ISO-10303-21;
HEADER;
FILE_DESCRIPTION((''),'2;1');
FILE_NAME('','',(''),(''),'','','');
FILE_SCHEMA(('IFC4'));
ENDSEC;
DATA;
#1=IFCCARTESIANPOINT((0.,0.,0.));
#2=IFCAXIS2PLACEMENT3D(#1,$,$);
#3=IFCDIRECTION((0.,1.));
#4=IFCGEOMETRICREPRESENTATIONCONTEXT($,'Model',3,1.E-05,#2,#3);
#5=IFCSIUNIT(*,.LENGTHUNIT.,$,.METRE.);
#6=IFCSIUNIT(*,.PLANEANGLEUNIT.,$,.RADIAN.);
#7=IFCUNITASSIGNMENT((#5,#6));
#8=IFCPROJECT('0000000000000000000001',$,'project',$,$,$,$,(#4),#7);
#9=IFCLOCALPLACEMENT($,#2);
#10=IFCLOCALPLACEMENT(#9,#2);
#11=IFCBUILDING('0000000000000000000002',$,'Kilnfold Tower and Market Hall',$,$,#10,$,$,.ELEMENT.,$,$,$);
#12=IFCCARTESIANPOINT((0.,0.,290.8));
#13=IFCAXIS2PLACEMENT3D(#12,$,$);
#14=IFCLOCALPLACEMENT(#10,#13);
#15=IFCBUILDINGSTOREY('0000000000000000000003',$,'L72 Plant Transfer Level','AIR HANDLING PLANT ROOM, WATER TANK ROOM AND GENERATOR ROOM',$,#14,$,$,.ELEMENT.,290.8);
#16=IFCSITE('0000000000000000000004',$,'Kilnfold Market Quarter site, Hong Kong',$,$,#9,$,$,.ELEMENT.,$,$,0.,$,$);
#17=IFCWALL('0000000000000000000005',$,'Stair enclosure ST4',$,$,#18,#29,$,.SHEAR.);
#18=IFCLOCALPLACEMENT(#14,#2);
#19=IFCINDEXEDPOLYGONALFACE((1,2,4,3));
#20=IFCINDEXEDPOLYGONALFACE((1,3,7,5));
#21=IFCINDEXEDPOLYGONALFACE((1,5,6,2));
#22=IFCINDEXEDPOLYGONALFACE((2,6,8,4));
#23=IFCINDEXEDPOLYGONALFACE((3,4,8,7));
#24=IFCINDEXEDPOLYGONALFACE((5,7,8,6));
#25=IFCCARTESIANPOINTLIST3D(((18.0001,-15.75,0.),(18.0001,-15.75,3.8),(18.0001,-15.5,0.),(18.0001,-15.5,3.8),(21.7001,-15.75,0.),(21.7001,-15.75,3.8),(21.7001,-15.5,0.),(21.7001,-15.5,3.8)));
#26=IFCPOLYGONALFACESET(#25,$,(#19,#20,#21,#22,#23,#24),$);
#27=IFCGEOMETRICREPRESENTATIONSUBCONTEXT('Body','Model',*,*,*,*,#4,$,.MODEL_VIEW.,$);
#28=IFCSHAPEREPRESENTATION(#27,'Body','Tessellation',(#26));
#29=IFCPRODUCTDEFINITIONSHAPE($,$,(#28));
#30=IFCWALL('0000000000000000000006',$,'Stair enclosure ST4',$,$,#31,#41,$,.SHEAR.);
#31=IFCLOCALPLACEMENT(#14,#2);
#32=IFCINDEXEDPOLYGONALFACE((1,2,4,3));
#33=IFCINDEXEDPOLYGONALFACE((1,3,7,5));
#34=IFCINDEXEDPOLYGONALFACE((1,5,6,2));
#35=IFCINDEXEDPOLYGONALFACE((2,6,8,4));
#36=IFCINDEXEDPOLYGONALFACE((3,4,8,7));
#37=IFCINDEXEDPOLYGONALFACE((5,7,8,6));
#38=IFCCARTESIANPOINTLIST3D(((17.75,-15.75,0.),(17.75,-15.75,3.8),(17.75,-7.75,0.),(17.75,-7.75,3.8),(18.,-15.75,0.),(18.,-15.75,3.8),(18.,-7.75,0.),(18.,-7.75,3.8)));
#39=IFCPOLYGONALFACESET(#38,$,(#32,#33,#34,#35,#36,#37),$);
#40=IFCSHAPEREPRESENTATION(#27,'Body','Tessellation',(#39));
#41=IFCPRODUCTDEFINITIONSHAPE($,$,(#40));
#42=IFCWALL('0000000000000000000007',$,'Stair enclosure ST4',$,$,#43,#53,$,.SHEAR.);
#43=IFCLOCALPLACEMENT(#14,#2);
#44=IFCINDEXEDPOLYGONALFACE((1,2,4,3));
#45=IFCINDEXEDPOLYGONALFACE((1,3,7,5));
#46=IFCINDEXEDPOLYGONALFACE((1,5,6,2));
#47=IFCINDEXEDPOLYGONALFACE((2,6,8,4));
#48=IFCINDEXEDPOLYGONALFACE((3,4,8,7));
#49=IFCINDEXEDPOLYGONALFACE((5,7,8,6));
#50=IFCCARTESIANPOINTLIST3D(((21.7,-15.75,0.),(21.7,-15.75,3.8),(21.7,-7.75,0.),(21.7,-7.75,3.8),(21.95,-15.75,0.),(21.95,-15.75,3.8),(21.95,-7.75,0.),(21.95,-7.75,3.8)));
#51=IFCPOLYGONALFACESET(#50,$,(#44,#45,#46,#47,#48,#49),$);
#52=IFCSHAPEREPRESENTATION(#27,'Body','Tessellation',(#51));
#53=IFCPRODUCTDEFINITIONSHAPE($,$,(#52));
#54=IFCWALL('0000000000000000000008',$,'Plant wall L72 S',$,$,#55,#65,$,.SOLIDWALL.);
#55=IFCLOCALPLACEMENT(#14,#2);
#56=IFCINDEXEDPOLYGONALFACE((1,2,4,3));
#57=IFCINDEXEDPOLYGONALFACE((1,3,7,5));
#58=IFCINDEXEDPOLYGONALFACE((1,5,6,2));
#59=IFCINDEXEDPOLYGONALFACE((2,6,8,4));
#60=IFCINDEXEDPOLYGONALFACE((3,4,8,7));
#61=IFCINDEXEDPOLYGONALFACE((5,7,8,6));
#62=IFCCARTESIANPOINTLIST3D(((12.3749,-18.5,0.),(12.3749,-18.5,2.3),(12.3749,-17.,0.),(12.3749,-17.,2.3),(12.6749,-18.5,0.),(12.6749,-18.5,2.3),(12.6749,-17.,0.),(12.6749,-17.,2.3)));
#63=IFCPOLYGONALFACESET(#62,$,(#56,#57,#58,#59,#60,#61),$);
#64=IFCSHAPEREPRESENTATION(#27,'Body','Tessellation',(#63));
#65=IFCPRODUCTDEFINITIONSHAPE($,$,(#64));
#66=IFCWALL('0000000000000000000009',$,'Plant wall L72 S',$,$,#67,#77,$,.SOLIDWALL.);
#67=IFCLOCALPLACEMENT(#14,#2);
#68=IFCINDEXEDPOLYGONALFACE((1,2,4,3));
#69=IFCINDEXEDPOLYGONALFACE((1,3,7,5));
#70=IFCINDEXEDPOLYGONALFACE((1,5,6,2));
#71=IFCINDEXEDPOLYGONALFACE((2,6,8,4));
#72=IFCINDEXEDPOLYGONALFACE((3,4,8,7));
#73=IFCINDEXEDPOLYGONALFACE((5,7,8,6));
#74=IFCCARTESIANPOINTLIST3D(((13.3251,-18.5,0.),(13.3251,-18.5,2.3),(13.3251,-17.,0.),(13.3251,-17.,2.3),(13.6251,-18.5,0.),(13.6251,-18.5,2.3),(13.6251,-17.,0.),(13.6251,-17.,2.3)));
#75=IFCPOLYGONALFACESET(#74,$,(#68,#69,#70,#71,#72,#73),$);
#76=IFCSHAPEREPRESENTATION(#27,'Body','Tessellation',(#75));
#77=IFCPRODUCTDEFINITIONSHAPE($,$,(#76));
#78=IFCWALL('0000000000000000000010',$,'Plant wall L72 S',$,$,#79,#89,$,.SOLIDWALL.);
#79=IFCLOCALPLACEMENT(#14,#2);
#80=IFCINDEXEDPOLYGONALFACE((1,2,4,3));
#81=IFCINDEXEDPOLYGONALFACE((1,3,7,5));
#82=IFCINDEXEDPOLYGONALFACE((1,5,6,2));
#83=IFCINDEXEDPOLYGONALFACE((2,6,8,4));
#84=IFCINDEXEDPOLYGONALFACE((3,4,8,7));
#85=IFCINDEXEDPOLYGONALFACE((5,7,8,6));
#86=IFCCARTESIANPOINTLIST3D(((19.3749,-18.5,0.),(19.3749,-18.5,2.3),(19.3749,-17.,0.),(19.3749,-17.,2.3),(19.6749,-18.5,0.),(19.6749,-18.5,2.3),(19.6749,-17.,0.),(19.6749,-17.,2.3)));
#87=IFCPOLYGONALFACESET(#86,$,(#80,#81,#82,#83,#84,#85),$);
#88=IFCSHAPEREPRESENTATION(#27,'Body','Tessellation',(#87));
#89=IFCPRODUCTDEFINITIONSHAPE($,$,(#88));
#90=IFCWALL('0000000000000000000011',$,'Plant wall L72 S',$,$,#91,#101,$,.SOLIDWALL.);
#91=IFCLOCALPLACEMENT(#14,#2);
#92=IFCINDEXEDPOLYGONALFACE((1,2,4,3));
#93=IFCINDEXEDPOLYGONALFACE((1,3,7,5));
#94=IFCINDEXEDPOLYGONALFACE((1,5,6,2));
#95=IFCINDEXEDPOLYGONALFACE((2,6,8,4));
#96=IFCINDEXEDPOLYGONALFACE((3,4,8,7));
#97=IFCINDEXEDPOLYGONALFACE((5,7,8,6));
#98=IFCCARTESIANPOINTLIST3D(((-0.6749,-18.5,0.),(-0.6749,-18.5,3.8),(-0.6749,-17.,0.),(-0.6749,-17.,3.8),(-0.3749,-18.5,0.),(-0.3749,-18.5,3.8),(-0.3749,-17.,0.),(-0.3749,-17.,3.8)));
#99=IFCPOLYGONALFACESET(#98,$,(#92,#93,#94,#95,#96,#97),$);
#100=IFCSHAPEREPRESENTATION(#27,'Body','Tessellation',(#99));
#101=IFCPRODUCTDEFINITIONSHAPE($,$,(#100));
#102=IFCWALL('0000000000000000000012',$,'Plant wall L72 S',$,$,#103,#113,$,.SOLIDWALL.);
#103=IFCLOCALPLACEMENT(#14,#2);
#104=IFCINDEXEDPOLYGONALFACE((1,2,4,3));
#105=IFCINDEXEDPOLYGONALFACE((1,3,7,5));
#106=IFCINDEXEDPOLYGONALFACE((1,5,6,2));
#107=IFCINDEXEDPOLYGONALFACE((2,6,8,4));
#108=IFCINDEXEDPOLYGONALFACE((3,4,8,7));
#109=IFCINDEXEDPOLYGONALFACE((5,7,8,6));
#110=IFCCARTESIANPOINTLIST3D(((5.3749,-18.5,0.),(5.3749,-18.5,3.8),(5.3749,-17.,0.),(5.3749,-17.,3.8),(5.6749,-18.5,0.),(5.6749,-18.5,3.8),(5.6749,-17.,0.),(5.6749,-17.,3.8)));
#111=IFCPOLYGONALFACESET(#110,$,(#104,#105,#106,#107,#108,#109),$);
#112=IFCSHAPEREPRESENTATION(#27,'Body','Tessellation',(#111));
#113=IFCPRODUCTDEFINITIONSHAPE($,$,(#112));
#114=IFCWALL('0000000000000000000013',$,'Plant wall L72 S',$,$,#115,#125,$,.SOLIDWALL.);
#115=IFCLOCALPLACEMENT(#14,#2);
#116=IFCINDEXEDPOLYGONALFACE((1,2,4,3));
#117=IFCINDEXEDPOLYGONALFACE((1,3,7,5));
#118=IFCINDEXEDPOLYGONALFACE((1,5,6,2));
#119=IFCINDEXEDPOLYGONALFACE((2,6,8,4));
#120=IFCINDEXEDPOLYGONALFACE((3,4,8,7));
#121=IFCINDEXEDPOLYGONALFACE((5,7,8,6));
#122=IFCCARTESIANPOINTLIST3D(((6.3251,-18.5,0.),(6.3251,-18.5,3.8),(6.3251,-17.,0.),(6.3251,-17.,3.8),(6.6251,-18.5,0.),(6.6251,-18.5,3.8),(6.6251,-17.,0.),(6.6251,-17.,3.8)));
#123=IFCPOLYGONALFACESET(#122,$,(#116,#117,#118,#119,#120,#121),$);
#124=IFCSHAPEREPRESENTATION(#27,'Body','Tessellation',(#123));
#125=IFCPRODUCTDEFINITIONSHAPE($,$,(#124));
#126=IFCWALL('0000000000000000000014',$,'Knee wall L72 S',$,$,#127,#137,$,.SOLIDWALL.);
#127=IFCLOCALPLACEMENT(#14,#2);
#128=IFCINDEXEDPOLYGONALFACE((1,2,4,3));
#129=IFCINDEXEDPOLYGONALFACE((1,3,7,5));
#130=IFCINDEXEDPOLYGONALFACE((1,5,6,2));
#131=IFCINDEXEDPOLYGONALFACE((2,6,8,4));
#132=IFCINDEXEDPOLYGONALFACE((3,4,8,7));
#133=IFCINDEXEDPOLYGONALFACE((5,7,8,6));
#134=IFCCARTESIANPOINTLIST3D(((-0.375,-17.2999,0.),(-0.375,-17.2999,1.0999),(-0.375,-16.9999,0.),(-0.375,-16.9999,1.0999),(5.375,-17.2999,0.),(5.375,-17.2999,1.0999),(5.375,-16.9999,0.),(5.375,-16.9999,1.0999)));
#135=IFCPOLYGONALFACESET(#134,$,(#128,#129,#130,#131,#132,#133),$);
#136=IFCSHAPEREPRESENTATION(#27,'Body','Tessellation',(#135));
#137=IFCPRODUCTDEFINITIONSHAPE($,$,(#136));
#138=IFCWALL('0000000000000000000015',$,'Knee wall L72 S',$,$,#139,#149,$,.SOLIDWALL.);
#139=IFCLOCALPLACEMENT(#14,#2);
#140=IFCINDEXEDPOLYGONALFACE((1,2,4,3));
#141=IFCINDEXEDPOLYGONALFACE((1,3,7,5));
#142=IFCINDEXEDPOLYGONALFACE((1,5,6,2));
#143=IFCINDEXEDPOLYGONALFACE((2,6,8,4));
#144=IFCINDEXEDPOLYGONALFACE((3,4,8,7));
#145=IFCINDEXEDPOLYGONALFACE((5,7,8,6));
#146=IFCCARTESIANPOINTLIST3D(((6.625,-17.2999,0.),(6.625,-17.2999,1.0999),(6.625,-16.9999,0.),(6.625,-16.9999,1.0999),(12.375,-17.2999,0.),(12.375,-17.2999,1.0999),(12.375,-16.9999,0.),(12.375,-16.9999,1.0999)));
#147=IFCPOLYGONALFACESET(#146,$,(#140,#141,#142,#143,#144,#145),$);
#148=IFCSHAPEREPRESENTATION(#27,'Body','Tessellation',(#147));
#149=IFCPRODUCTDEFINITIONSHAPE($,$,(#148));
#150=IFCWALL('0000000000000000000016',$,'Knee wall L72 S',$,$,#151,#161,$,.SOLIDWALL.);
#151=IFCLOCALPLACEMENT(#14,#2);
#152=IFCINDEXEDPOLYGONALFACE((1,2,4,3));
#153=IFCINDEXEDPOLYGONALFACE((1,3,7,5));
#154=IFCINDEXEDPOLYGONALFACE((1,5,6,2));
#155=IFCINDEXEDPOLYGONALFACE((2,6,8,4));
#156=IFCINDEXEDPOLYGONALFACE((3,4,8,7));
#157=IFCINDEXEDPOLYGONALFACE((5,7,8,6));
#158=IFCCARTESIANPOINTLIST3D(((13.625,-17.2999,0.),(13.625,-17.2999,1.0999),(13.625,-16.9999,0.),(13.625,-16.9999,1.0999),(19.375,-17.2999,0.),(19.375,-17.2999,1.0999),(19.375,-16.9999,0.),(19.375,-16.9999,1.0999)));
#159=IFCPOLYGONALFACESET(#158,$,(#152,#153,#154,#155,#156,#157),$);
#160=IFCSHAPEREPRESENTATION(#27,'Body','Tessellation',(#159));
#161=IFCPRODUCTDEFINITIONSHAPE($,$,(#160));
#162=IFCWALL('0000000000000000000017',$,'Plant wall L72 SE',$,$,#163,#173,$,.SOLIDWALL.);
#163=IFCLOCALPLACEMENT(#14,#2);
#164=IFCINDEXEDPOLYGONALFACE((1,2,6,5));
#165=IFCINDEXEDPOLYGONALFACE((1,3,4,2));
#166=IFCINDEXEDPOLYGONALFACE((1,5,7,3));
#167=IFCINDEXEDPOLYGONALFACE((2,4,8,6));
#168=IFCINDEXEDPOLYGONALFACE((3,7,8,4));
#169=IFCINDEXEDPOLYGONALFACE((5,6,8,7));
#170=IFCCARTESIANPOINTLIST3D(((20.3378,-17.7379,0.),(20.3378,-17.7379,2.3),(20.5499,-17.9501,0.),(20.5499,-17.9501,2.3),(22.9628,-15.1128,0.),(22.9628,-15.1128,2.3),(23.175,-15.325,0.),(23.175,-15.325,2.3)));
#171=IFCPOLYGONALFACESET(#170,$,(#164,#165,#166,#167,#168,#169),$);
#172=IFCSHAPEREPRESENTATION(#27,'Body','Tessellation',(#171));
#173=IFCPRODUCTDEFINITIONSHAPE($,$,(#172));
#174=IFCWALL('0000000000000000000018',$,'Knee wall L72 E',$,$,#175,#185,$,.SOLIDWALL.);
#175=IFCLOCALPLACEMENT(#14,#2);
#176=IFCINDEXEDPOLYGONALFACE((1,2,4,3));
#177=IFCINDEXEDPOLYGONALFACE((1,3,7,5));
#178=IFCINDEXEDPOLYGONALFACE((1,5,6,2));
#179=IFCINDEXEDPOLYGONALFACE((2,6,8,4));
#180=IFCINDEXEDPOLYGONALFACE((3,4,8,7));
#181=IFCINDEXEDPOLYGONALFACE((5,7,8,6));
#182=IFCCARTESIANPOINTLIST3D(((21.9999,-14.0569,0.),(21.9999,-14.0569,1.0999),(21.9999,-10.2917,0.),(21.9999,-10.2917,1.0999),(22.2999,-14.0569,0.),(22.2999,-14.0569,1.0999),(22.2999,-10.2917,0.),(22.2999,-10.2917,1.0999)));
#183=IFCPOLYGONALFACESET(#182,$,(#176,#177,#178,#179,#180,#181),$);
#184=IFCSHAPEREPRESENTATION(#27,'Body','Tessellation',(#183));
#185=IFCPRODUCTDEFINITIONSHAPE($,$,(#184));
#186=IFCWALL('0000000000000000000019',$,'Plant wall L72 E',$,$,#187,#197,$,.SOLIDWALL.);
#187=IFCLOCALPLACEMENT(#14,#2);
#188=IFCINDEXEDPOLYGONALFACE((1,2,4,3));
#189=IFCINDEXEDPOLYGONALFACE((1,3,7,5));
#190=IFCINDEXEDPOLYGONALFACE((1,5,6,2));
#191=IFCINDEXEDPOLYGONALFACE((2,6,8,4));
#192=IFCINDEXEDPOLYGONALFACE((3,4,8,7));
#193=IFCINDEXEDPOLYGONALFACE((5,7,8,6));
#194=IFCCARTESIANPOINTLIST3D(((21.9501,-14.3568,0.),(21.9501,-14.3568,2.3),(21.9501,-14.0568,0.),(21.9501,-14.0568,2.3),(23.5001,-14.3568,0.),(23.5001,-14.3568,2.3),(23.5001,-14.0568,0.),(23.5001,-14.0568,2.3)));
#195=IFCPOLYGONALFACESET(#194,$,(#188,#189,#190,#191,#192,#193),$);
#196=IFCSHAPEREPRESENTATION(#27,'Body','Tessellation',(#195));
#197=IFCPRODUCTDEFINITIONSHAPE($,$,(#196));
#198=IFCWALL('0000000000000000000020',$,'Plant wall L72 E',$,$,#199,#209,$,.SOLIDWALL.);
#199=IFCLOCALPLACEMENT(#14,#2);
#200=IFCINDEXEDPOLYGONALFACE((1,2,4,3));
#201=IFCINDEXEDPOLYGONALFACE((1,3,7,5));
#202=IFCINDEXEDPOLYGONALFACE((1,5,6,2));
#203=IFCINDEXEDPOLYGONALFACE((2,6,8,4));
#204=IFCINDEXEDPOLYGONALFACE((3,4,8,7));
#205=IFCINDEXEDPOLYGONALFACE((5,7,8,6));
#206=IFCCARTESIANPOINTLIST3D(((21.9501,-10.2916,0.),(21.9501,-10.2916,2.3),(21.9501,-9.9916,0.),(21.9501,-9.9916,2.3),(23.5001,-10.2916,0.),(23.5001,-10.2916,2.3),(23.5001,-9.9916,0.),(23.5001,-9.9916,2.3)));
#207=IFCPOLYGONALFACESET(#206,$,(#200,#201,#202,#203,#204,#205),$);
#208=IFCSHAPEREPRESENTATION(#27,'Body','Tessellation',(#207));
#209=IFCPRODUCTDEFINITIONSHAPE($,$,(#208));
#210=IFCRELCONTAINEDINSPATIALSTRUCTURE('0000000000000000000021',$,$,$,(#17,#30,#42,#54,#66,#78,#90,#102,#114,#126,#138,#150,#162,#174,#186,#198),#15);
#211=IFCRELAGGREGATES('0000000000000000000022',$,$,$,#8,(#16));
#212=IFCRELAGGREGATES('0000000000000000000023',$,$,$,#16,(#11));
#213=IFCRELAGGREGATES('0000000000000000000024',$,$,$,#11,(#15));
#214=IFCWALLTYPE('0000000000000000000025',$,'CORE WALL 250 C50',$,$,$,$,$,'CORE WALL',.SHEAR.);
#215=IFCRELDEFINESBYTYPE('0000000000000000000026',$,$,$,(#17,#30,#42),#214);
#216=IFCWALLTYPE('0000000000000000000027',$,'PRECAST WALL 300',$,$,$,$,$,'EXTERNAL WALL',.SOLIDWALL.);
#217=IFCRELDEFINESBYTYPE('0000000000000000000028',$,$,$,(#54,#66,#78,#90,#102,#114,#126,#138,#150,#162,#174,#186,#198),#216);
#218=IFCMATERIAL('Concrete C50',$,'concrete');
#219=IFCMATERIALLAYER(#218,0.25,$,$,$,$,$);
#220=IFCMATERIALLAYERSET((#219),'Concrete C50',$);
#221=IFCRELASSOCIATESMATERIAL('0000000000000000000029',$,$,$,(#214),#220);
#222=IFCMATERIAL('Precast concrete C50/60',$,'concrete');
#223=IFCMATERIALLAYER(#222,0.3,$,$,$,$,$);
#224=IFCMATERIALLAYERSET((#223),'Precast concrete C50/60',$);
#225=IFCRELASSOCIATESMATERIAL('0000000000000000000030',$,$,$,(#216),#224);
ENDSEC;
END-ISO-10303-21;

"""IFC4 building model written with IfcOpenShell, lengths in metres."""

from ifc_helpers import new_model, si_unit, direction, frame, frame_2d, origin, place, context, subcontext, project, spatial, rectangle, extrude, source, transform, mapped, material, layer, layer_set, type_object, element, save


model = new_model("IFC4")

# Units and contexts
model_context = context("Model", 3, precision=1e-05, world=origin(), true_north=direction((0.0, 1.0)))
body_context = subcontext(model_context, "Body", "Model", "MODEL_VIEW")
ifc_project = project(units=[si_unit("LENGTHUNIT", "METRE"), si_unit("PLANEANGLEUNIT", "RADIAN")], contexts=[model_context])

# Site, building, storey
site_placement = place(None, origin())
site = spatial("IfcSite", under=ifc_project, at=site_placement, Name="Kilnfold Market Quarter site, Hong Kong", CompositionType="ELEMENT", RefElevation=0.0)
building_placement = place(site_placement, origin())
building = spatial("IfcBuilding", under=site, at=building_placement, Name="Kilnfold Tower and Market Hall", CompositionType="ELEMENT")
storey_placement = place(building_placement, frame((0.0, 0.0, 290.8)))
storey = spatial("IfcBuildingStorey", under=building, at=storey_placement, Name="L72 Plant Transfer Level", Description="AIR HANDLING PLANT ROOM, WATER TANK ROOM AND GENERATOR ROOM", CompositionType="ELEMENT", Elevation=290.8)

# Walls
ifc_material_1 = material(Name="Concrete C50", Category="concrete")
ifc_layer_1 = layer(ifc_material_1, 0.25)
ifc_layer_set_1 = layer_set([ifc_layer_1], Name="Concrete C50")
wall_type_1 = type_object("IfcWallType", Name="CORE WALL 250 C50", ElementType="CORE WALL", PredefinedType="SHEAR", material=ifc_layer_set_1)
shared_shape_1 = source(origin(), body_context, "Body", "SweptSolid", [
    extrude(rectangle(XDim=3.7, YDim=0.25, at=frame_2d((1.8501, 0.0))), origin(), (0.0, 0.0, 1.0), 3.8),
])
wall_1_placement = place(storey_placement, frame((18.0, -15.625, 0.0), z_axis=(0.0, 0.0, 1.0), x_axis=(1.0, 0.0, 0.0)))
element("IfcWall", 1, at=wall_1_placement, inside=storey, type_object=wall_type_1, Name="Stair enclosure ST4", PredefinedType="SHEAR", context=body_context, shape_type="MappedRepresentation", body=[
    mapped(shared_shape_1, transform((0.0, 0.0, 0.0))),
])
shared_shape_2 = source(origin(), body_context, "Body", "SweptSolid", [
    extrude(rectangle(XDim=8.0, YDim=0.25, at=frame_2d((4.0, 0.0))), origin(), (0.0, 0.0, 1.0), 3.8),
])
for number, where, z_axis, x_axis, name in (
    (2, (17.875, -15.75, 0.0), (0.0, 0.0, 1.0), (0.0, 1.0, 0.0), "Stair enclosure ST4"),
    (3, (21.825, -15.75, 0.0), (0.0, 0.0, 1.0), (0.0, 1.0, 0.0), "Stair enclosure ST4"),
):
    element("IfcWall", number, at=place(storey_placement, frame(where, z_axis=z_axis, x_axis=x_axis)), inside=storey, type_object=wall_type_1, Name=name, PredefinedType="SHEAR", context=body_context, shape_type="MappedRepresentation", body=[
        mapped(shared_shape_2, transform((0.0, 0.0, 0.0))),
    ])
ifc_material_2 = material(Name="Precast concrete C50/60", Category="concrete")
ifc_layer_2 = layer(ifc_material_2, 0.3)
ifc_layer_set_2 = layer_set([ifc_layer_2], Name="Precast concrete C50/60")
wall_type_2 = type_object("IfcWallType", Name="PRECAST WALL 300", ElementType="EXTERNAL WALL", PredefinedType="SOLIDWALL", material=ifc_layer_set_2)
shared_shape_3 = source(origin(), body_context, "Body", "SweptSolid", [
    extrude(rectangle(XDim=1.5, YDim=0.3, at=frame_2d((0.75, 0.0))), origin(), (0.0, 0.0, 1.0), 2.3),
])
for number, where, z_axis, x_axis, name in (
    (4, (12.5249, -18.5, 0.0), (0.0, 0.0, 1.0), (0.0, 1.0, 0.0), "Plant wall L72 S"),
    (5, (13.4751, -18.5, 0.0), (0.0, 0.0, 1.0), (0.0, 1.0, 0.0), "Plant wall L72 S"),
    (6, (19.5249, -18.5, 0.0), (0.0, 0.0, 1.0), (0.0, 1.0, 0.0), "Plant wall L72 S"),
):
    element("IfcWall", number, at=place(storey_placement, frame(where, z_axis=z_axis, x_axis=x_axis)), inside=storey, type_object=wall_type_2, Name=name, PredefinedType="SOLIDWALL", context=body_context, shape_type="MappedRepresentation", body=[
        mapped(shared_shape_3, transform((0.0, 0.0, 0.0))),
    ])
shared_shape_4 = source(origin(), body_context, "Body", "SweptSolid", [
    extrude(rectangle(XDim=1.5, YDim=0.3, at=frame_2d((0.75, 0.0))), origin(), (0.0, 0.0, 1.0), 3.8),
])
for number, where, z_axis, x_axis, name in (
    (7, (-0.5249, -18.5, 0.0), (0.0, 0.0, 1.0), (0.0, 1.0, 0.0), "Plant wall L72 S"),
    (8, (5.5249, -18.5, 0.0), (0.0, 0.0, 1.0), (0.0, 1.0, 0.0), "Plant wall L72 S"),
    (9, (6.4751, -18.5, 0.0), (0.0, 0.0, 1.0), (0.0, 1.0, 0.0), "Plant wall L72 S"),
):
    element("IfcWall", number, at=place(storey_placement, frame(where, z_axis=z_axis, x_axis=x_axis)), inside=storey, type_object=wall_type_2, Name=name, PredefinedType="SOLIDWALL", context=body_context, shape_type="MappedRepresentation", body=[
        mapped(shared_shape_4, transform((0.0, 0.0, 0.0))),
    ])
shared_shape_5 = source(origin(), body_context, "Body", "SweptSolid", [
    extrude(rectangle(XDim=5.75, YDim=0.3, at=frame_2d((2.875, 0.0))), origin(), (0.0, 0.0, 1.0), 1.0999),
])
for number, where, z_axis, x_axis, name in (
    (10, (-0.375, -17.1499, 0.0), (0.0, 0.0, 1.0), (1.0, 0.0, 0.0), "Knee wall L72 S"),
    (11, (6.625, -17.1499, 0.0), (0.0, 0.0, 1.0), (1.0, 0.0, 0.0), "Knee wall L72 S"),
    (12, (13.625, -17.1499, 0.0), (0.0, 0.0, 1.0), (1.0, 0.0, 0.0), "Knee wall L72 S"),
):
    element("IfcWall", number, at=place(storey_placement, frame(where, z_axis=z_axis, x_axis=x_axis)), inside=storey, type_object=wall_type_2, Name=name, PredefinedType="SOLIDWALL", context=body_context, shape_type="MappedRepresentation", body=[
        mapped(shared_shape_5, transform((0.0, 0.0, 0.0))),
    ])
shared_shape_6 = source(origin(), body_context, "Body", "SweptSolid", [
    extrude(rectangle(XDim=3.7124, YDim=0.3, at=frame_2d((1.8562, 0.0))), origin(), (0.0, 0.0, 1.0), 2.3),
])
wall_2_placement = place(storey_placement, frame((20.4438, -17.844, 0.0), z_axis=(0.0, 0.0, 1.0), x_axis=(0.707107, 0.707107, 0.0)))
element("IfcWall", 13, at=wall_2_placement, inside=storey, type_object=wall_type_2, Name="Plant wall L72 SE", PredefinedType="SOLIDWALL", context=body_context, shape_type="MappedRepresentation", body=[
    mapped(shared_shape_6, transform((0.0, 0.0, 0.0))),
])
shared_shape_7 = source(origin(), body_context, "Body", "SweptSolid", [
    extrude(rectangle(XDim=3.7651, YDim=0.3, at=frame_2d((1.8826, 0.0))), origin(), (0.0, 0.0, 1.0), 1.0999),
])
wall_3_placement = place(storey_placement, frame((22.1499, -14.0569, 0.0), z_axis=(0.0, 0.0, 1.0), x_axis=(0.0, 1.0, 0.0)))
element("IfcWall", 14, at=wall_3_placement, inside=storey, type_object=wall_type_2, Name="Knee wall L72 E", PredefinedType="SOLIDWALL", context=body_context, shape_type="MappedRepresentation", body=[
    mapped(shared_shape_7, transform((0.0, 0.0, 0.0))),
])
shared_shape_8 = source(origin(), body_context, "Body", "SweptSolid", [
    extrude(rectangle(XDim=1.55, YDim=0.3, at=frame_2d((0.7749, 0.0))), origin(), (0.0, 0.0, 1.0), 2.3),
])
for number, where, z_axis, x_axis, name in (
    (15, (23.5, -14.2068, 0.0), (0.0, 0.0, 1.0), (-1.0, 0.0, 0.0), "Plant wall L72 E"),
    (16, (23.5, -10.1416, 0.0), (0.0, 0.0, 1.0), (-1.0, 0.0, 0.0), "Plant wall L72 E"),
):
    element("IfcWall", number, at=place(storey_placement, frame(where, z_axis=z_axis, x_axis=x_axis)), inside=storey, type_object=wall_type_2, Name=name, PredefinedType="SOLIDWALL", context=body_context, shape_type="MappedRepresentation", body=[
        mapped(shared_shape_8, transform((0.0, 0.0, 0.0))),
    ])

save(model, "model.ifc")
